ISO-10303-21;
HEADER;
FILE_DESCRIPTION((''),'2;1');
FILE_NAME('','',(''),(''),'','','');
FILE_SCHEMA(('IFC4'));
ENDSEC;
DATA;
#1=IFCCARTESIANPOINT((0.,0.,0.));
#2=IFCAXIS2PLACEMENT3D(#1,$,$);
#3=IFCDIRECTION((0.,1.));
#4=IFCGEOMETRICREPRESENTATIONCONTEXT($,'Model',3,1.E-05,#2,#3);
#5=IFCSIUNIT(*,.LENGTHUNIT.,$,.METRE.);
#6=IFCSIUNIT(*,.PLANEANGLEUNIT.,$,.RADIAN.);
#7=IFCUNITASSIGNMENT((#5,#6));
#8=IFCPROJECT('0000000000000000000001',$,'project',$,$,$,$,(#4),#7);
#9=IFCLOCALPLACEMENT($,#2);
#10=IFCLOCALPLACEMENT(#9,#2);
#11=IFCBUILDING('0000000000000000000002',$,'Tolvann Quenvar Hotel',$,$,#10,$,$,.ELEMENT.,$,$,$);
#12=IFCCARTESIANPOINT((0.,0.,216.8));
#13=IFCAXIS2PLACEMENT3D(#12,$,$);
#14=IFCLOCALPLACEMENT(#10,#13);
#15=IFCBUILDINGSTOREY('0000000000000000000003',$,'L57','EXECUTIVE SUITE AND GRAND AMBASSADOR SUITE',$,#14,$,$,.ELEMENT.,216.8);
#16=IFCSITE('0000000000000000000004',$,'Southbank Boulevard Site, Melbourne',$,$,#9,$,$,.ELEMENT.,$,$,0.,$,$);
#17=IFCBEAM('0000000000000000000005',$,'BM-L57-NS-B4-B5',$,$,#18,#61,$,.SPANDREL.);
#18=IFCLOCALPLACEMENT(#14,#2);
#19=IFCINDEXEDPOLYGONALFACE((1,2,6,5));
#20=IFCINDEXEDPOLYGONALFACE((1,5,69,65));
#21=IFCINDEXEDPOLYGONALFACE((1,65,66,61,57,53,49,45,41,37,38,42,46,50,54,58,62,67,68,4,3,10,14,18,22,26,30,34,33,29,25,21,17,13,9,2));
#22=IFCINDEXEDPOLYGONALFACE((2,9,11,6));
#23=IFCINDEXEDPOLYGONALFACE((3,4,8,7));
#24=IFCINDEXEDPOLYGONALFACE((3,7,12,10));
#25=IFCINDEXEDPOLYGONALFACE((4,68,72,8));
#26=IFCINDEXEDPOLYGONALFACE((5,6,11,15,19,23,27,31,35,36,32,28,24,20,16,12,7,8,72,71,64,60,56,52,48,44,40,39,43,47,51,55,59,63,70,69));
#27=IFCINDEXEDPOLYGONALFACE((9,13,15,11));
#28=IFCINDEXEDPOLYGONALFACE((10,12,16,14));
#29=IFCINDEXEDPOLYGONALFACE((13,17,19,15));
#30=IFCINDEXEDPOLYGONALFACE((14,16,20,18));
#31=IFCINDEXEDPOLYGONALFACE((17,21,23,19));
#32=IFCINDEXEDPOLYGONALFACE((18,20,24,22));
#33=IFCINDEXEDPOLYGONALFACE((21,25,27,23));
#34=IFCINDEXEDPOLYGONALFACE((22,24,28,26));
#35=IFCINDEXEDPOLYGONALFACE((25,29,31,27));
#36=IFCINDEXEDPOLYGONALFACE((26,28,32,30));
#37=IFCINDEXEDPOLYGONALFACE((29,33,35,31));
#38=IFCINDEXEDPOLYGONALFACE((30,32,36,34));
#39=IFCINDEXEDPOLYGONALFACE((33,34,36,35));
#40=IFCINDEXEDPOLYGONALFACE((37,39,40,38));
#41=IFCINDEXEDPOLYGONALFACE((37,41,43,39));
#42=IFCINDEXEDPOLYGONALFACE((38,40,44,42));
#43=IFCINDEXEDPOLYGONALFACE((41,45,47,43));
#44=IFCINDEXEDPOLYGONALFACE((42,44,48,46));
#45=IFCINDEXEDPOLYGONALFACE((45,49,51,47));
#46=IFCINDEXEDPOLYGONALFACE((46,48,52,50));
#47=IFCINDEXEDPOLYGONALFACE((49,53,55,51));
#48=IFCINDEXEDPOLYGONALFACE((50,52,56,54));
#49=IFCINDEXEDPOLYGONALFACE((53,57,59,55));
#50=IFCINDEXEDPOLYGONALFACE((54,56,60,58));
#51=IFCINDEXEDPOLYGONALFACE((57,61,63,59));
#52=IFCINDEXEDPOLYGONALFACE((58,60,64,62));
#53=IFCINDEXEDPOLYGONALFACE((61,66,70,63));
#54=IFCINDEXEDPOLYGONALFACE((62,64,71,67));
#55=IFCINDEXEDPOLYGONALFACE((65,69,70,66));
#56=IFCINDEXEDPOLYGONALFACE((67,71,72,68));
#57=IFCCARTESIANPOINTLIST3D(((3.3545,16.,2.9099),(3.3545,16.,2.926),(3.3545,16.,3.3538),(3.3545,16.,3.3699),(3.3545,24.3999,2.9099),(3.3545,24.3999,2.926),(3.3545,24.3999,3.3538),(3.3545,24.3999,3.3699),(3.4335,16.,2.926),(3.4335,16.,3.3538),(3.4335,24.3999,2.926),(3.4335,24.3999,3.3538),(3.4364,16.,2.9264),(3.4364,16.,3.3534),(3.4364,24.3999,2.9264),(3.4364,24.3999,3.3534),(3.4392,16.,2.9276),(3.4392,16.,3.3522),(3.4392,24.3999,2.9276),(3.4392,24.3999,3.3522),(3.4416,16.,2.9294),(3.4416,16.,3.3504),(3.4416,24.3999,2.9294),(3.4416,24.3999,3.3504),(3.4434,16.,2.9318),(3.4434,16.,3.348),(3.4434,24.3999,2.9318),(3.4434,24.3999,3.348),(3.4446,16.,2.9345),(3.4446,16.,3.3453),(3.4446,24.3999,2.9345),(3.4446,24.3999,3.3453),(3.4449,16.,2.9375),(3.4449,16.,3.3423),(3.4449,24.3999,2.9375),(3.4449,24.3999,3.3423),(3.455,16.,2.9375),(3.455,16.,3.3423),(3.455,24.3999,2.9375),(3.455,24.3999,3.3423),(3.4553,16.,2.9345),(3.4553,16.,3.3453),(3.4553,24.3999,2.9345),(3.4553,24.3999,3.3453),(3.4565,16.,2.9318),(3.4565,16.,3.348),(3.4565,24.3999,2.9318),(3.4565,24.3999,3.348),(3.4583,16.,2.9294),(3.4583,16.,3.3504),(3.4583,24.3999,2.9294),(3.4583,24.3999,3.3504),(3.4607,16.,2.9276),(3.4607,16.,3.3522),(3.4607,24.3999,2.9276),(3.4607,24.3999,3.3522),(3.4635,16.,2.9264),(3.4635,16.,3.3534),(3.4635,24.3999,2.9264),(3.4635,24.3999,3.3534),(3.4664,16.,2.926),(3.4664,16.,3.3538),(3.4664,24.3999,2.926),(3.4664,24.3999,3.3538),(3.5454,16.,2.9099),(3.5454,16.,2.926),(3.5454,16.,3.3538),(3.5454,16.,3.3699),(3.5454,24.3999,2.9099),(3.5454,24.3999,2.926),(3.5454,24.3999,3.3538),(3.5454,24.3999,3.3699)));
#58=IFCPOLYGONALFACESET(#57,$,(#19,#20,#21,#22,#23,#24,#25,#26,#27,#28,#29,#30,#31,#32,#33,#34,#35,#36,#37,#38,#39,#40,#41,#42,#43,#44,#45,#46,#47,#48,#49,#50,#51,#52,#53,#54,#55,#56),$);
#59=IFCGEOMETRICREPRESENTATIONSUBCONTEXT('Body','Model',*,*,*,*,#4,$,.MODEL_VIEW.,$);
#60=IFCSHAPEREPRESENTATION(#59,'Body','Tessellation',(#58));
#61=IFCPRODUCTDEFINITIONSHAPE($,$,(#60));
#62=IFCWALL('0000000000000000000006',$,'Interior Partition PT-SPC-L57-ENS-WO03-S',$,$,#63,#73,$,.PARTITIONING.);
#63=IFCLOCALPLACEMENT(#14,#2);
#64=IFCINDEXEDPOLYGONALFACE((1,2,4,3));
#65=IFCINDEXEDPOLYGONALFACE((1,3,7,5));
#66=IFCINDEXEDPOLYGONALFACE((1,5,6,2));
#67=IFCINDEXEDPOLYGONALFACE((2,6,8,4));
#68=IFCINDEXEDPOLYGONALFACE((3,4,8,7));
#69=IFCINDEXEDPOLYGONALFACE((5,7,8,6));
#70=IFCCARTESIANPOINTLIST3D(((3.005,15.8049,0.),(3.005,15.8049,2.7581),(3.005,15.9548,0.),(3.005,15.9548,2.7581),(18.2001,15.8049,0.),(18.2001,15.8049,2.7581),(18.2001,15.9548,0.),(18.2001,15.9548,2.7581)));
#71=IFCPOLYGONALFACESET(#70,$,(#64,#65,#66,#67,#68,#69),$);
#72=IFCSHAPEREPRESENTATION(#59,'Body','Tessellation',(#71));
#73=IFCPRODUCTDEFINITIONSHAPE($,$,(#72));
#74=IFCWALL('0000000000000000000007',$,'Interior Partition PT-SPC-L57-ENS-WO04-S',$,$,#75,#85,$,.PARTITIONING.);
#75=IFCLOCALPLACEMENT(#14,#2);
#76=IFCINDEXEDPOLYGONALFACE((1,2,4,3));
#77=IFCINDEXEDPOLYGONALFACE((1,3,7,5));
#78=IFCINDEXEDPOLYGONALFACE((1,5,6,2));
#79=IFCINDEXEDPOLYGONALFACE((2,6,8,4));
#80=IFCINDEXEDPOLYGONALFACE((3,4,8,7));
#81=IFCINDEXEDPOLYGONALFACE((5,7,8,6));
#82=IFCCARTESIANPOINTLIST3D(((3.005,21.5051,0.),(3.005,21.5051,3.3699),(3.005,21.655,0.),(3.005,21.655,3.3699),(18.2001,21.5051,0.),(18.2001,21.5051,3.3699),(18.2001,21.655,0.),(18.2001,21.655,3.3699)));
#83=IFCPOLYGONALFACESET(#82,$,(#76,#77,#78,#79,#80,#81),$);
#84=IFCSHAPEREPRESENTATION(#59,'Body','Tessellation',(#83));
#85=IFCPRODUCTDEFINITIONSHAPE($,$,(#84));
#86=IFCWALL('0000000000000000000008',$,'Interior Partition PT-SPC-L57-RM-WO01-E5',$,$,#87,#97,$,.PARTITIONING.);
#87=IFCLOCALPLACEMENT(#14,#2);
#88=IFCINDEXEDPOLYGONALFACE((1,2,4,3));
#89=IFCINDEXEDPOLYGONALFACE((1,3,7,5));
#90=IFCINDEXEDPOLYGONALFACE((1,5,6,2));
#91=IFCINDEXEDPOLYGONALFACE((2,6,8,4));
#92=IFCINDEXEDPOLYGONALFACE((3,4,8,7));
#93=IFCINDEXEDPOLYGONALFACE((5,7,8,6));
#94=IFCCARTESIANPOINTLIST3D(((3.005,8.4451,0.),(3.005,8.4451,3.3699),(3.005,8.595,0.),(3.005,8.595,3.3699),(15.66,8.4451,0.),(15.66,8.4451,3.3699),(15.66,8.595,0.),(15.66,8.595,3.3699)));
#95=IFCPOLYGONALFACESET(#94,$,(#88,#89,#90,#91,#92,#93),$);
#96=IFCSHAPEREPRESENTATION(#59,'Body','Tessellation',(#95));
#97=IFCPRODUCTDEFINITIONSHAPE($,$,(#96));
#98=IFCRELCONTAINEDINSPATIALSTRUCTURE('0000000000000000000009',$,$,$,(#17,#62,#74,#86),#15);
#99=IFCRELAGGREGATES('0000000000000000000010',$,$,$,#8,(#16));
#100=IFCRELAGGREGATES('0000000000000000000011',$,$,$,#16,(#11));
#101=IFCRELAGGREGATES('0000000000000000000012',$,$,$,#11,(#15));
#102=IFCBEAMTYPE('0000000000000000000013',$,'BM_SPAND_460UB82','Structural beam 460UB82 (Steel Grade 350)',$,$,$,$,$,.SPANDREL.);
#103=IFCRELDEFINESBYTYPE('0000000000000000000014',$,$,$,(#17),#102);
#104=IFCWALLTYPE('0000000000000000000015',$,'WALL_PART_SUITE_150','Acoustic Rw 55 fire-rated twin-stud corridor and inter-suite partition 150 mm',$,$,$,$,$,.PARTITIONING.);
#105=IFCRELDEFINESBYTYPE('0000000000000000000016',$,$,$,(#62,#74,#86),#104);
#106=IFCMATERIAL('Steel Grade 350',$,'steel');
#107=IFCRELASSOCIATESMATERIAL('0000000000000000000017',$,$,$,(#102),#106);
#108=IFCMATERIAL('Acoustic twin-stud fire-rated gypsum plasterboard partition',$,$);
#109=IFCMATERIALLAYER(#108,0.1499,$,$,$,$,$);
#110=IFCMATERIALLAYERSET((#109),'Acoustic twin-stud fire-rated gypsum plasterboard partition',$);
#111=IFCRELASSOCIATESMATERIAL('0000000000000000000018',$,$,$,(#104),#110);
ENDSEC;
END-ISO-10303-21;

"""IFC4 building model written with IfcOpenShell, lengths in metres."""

from ifc_helpers import new_model, si_unit, direction, frame, frame_2d, origin, origin_2d, place, context, subcontext, project, spatial, rectangle, i_section, extrude, source, transform, mapped, material, layer, layer_set, material_profile, profile_set, type_object, type_shapes, element, save


model = new_model("IFC4")

# Units and contexts
model_context = context("Model", 3, precision=1e-05, world=origin(), true_north=direction((0.0, 1.0)))
body_context = subcontext(model_context, "Body", "Model", "MODEL_VIEW")
ifc_project = project(units=[si_unit("LENGTHUNIT", "METRE"), si_unit("PLANEANGLEUNIT", "RADIAN")], contexts=[model_context])

# Site, building, storey
site_placement = place(None, origin())
site = spatial("IfcSite", under=ifc_project, at=site_placement, Name="Southbank Boulevard Site, Melbourne", CompositionType="ELEMENT", RefElevation=0.0)
building_placement = place(site_placement, origin())
building = spatial("IfcBuilding", under=site, at=building_placement, Name="Tolvann Quenvar Hotel", CompositionType="ELEMENT")
storey_placement = place(building_placement, frame((0.0, 0.0, 216.8)))
storey = spatial("IfcBuildingStorey", under=building, at=storey_placement, Name="L57", Description="EXECUTIVE SUITE AND GRAND AMBASSADOR SUITE", CompositionType="ELEMENT", Elevation=216.8)

# Shared definitions
ifc_material_1 = material(Name="Steel Grade 350", Category="steel")

# Beam
ifc_material_profile_1 = material_profile(ifc_material_1, i_section(OverallWidth=0.1909, OverallDepth=0.46, WebThickness=0.01, FlangeThickness=0.0161, FilletRadius=0.0115, at=origin_2d()), Name="460UB82")
ifc_profile_set_1 = profile_set([ifc_material_profile_1], Name="Steel Grade 350")
beam_type_1 = type_object("IfcBeamType", Name="BM_SPAND_460UB82", Description="Structural beam 460UB82 (Steel Grade 350)", PredefinedType="SPANDREL", material=ifc_profile_set_1)
shared_shape_1 = source(origin(), body_context, "Body", "SweptSolid", [
    extrude(i_section(OverallWidth=0.1909, OverallDepth=0.46, WebThickness=0.01, FlangeThickness=0.0161, FilletRadius=0.0115, at=origin_2d()), origin(), (0.0, 0.0, 1.0), 8.3999),
])
type_shapes(beam_type_1, [shared_shape_1])
beam_1_placement = place(storey_placement, frame((3.45, 16.0, 3.1399), z_axis=(0.0, 1.0, 0.0), x_axis=(-1.0, 0.0, 0.0)))
element("IfcBeam", 1, at=beam_1_placement, inside=storey, type_object=beam_type_1, Name="BM-L57-NS-B4-B5", PredefinedType="SPANDREL", context=body_context, shape_type="MappedRepresentation", body=[
    mapped(shared_shape_1, transform((0.0, 0.0, 0.0), x_axis=(1.0, 0.0, 0.0), y_axis=(0.0, 1.0, 0.0), z_axis=(0.0, 0.0, 1.0), scale=1.0)),
])

# Walls
ifc_material_2 = material(Name="Acoustic twin-stud fire-rated gypsum plasterboard partition")
ifc_layer = layer(ifc_material_2, 0.1499)
ifc_layer_set = layer_set([ifc_layer], Name="Acoustic twin-stud fire-rated gypsum plasterboard partition")
wall_type = type_object("IfcWallType", Name="WALL_PART_SUITE_150", Description="Acoustic Rw 55 fire-rated twin-stud corridor and inter-suite partition 150 mm", PredefinedType="PARTITIONING", material=ifc_layer_set)
wall_1_placement = place(storey_placement, frame((3.0049, 15.8799, 0.0), z_axis=(0.0, 0.0, 1.0), x_axis=(1.0, 0.0, 0.0)))
element("IfcWall", 2, at=wall_1_placement, inside=storey, type_object=wall_type, Name="Interior Partition PT-SPC-L57-ENS-WO03-S", PredefinedType="PARTITIONING", context=body_context, shape_type="SweptSolid", body=[
    extrude(rectangle(XDim=15.1951, YDim=0.1499, at=frame_2d((7.5977, 0.0))), origin(), (0.0, 0.0, 1.0), 2.7581),
])
wall_2_placement = place(storey_placement, frame((3.0049, 21.5801, 0.0), z_axis=(0.0, 0.0, 1.0), x_axis=(1.0, 0.0, 0.0)))
element("IfcWall", 3, at=wall_2_placement, inside=storey, type_object=wall_type, Name="Interior Partition PT-SPC-L57-ENS-WO04-S", PredefinedType="PARTITIONING", context=body_context, shape_type="SweptSolid", body=[
    extrude(rectangle(XDim=15.1951, YDim=0.1499, at=frame_2d((7.5977, 0.0))), origin(), (0.0, 0.0, 1.0), 3.3699),
])
wall_3_placement = place(storey_placement, frame((3.0049, 8.52, 0.0), z_axis=(0.0, 0.0, 1.0), x_axis=(1.0, 0.0, 0.0)))
element("IfcWall", 4, at=wall_3_placement, inside=storey, type_object=wall_type, Name="Interior Partition PT-SPC-L57-RM-WO01-E5", PredefinedType="PARTITIONING", context=body_context, shape_type="SweptSolid", body=[
    extrude(rectangle(XDim=12.655, YDim=0.1499, at=frame_2d((6.3276, 0.0))), origin(), (0.0, 0.0, 1.0), 3.3699),
])

save(model, "model.ifc")
